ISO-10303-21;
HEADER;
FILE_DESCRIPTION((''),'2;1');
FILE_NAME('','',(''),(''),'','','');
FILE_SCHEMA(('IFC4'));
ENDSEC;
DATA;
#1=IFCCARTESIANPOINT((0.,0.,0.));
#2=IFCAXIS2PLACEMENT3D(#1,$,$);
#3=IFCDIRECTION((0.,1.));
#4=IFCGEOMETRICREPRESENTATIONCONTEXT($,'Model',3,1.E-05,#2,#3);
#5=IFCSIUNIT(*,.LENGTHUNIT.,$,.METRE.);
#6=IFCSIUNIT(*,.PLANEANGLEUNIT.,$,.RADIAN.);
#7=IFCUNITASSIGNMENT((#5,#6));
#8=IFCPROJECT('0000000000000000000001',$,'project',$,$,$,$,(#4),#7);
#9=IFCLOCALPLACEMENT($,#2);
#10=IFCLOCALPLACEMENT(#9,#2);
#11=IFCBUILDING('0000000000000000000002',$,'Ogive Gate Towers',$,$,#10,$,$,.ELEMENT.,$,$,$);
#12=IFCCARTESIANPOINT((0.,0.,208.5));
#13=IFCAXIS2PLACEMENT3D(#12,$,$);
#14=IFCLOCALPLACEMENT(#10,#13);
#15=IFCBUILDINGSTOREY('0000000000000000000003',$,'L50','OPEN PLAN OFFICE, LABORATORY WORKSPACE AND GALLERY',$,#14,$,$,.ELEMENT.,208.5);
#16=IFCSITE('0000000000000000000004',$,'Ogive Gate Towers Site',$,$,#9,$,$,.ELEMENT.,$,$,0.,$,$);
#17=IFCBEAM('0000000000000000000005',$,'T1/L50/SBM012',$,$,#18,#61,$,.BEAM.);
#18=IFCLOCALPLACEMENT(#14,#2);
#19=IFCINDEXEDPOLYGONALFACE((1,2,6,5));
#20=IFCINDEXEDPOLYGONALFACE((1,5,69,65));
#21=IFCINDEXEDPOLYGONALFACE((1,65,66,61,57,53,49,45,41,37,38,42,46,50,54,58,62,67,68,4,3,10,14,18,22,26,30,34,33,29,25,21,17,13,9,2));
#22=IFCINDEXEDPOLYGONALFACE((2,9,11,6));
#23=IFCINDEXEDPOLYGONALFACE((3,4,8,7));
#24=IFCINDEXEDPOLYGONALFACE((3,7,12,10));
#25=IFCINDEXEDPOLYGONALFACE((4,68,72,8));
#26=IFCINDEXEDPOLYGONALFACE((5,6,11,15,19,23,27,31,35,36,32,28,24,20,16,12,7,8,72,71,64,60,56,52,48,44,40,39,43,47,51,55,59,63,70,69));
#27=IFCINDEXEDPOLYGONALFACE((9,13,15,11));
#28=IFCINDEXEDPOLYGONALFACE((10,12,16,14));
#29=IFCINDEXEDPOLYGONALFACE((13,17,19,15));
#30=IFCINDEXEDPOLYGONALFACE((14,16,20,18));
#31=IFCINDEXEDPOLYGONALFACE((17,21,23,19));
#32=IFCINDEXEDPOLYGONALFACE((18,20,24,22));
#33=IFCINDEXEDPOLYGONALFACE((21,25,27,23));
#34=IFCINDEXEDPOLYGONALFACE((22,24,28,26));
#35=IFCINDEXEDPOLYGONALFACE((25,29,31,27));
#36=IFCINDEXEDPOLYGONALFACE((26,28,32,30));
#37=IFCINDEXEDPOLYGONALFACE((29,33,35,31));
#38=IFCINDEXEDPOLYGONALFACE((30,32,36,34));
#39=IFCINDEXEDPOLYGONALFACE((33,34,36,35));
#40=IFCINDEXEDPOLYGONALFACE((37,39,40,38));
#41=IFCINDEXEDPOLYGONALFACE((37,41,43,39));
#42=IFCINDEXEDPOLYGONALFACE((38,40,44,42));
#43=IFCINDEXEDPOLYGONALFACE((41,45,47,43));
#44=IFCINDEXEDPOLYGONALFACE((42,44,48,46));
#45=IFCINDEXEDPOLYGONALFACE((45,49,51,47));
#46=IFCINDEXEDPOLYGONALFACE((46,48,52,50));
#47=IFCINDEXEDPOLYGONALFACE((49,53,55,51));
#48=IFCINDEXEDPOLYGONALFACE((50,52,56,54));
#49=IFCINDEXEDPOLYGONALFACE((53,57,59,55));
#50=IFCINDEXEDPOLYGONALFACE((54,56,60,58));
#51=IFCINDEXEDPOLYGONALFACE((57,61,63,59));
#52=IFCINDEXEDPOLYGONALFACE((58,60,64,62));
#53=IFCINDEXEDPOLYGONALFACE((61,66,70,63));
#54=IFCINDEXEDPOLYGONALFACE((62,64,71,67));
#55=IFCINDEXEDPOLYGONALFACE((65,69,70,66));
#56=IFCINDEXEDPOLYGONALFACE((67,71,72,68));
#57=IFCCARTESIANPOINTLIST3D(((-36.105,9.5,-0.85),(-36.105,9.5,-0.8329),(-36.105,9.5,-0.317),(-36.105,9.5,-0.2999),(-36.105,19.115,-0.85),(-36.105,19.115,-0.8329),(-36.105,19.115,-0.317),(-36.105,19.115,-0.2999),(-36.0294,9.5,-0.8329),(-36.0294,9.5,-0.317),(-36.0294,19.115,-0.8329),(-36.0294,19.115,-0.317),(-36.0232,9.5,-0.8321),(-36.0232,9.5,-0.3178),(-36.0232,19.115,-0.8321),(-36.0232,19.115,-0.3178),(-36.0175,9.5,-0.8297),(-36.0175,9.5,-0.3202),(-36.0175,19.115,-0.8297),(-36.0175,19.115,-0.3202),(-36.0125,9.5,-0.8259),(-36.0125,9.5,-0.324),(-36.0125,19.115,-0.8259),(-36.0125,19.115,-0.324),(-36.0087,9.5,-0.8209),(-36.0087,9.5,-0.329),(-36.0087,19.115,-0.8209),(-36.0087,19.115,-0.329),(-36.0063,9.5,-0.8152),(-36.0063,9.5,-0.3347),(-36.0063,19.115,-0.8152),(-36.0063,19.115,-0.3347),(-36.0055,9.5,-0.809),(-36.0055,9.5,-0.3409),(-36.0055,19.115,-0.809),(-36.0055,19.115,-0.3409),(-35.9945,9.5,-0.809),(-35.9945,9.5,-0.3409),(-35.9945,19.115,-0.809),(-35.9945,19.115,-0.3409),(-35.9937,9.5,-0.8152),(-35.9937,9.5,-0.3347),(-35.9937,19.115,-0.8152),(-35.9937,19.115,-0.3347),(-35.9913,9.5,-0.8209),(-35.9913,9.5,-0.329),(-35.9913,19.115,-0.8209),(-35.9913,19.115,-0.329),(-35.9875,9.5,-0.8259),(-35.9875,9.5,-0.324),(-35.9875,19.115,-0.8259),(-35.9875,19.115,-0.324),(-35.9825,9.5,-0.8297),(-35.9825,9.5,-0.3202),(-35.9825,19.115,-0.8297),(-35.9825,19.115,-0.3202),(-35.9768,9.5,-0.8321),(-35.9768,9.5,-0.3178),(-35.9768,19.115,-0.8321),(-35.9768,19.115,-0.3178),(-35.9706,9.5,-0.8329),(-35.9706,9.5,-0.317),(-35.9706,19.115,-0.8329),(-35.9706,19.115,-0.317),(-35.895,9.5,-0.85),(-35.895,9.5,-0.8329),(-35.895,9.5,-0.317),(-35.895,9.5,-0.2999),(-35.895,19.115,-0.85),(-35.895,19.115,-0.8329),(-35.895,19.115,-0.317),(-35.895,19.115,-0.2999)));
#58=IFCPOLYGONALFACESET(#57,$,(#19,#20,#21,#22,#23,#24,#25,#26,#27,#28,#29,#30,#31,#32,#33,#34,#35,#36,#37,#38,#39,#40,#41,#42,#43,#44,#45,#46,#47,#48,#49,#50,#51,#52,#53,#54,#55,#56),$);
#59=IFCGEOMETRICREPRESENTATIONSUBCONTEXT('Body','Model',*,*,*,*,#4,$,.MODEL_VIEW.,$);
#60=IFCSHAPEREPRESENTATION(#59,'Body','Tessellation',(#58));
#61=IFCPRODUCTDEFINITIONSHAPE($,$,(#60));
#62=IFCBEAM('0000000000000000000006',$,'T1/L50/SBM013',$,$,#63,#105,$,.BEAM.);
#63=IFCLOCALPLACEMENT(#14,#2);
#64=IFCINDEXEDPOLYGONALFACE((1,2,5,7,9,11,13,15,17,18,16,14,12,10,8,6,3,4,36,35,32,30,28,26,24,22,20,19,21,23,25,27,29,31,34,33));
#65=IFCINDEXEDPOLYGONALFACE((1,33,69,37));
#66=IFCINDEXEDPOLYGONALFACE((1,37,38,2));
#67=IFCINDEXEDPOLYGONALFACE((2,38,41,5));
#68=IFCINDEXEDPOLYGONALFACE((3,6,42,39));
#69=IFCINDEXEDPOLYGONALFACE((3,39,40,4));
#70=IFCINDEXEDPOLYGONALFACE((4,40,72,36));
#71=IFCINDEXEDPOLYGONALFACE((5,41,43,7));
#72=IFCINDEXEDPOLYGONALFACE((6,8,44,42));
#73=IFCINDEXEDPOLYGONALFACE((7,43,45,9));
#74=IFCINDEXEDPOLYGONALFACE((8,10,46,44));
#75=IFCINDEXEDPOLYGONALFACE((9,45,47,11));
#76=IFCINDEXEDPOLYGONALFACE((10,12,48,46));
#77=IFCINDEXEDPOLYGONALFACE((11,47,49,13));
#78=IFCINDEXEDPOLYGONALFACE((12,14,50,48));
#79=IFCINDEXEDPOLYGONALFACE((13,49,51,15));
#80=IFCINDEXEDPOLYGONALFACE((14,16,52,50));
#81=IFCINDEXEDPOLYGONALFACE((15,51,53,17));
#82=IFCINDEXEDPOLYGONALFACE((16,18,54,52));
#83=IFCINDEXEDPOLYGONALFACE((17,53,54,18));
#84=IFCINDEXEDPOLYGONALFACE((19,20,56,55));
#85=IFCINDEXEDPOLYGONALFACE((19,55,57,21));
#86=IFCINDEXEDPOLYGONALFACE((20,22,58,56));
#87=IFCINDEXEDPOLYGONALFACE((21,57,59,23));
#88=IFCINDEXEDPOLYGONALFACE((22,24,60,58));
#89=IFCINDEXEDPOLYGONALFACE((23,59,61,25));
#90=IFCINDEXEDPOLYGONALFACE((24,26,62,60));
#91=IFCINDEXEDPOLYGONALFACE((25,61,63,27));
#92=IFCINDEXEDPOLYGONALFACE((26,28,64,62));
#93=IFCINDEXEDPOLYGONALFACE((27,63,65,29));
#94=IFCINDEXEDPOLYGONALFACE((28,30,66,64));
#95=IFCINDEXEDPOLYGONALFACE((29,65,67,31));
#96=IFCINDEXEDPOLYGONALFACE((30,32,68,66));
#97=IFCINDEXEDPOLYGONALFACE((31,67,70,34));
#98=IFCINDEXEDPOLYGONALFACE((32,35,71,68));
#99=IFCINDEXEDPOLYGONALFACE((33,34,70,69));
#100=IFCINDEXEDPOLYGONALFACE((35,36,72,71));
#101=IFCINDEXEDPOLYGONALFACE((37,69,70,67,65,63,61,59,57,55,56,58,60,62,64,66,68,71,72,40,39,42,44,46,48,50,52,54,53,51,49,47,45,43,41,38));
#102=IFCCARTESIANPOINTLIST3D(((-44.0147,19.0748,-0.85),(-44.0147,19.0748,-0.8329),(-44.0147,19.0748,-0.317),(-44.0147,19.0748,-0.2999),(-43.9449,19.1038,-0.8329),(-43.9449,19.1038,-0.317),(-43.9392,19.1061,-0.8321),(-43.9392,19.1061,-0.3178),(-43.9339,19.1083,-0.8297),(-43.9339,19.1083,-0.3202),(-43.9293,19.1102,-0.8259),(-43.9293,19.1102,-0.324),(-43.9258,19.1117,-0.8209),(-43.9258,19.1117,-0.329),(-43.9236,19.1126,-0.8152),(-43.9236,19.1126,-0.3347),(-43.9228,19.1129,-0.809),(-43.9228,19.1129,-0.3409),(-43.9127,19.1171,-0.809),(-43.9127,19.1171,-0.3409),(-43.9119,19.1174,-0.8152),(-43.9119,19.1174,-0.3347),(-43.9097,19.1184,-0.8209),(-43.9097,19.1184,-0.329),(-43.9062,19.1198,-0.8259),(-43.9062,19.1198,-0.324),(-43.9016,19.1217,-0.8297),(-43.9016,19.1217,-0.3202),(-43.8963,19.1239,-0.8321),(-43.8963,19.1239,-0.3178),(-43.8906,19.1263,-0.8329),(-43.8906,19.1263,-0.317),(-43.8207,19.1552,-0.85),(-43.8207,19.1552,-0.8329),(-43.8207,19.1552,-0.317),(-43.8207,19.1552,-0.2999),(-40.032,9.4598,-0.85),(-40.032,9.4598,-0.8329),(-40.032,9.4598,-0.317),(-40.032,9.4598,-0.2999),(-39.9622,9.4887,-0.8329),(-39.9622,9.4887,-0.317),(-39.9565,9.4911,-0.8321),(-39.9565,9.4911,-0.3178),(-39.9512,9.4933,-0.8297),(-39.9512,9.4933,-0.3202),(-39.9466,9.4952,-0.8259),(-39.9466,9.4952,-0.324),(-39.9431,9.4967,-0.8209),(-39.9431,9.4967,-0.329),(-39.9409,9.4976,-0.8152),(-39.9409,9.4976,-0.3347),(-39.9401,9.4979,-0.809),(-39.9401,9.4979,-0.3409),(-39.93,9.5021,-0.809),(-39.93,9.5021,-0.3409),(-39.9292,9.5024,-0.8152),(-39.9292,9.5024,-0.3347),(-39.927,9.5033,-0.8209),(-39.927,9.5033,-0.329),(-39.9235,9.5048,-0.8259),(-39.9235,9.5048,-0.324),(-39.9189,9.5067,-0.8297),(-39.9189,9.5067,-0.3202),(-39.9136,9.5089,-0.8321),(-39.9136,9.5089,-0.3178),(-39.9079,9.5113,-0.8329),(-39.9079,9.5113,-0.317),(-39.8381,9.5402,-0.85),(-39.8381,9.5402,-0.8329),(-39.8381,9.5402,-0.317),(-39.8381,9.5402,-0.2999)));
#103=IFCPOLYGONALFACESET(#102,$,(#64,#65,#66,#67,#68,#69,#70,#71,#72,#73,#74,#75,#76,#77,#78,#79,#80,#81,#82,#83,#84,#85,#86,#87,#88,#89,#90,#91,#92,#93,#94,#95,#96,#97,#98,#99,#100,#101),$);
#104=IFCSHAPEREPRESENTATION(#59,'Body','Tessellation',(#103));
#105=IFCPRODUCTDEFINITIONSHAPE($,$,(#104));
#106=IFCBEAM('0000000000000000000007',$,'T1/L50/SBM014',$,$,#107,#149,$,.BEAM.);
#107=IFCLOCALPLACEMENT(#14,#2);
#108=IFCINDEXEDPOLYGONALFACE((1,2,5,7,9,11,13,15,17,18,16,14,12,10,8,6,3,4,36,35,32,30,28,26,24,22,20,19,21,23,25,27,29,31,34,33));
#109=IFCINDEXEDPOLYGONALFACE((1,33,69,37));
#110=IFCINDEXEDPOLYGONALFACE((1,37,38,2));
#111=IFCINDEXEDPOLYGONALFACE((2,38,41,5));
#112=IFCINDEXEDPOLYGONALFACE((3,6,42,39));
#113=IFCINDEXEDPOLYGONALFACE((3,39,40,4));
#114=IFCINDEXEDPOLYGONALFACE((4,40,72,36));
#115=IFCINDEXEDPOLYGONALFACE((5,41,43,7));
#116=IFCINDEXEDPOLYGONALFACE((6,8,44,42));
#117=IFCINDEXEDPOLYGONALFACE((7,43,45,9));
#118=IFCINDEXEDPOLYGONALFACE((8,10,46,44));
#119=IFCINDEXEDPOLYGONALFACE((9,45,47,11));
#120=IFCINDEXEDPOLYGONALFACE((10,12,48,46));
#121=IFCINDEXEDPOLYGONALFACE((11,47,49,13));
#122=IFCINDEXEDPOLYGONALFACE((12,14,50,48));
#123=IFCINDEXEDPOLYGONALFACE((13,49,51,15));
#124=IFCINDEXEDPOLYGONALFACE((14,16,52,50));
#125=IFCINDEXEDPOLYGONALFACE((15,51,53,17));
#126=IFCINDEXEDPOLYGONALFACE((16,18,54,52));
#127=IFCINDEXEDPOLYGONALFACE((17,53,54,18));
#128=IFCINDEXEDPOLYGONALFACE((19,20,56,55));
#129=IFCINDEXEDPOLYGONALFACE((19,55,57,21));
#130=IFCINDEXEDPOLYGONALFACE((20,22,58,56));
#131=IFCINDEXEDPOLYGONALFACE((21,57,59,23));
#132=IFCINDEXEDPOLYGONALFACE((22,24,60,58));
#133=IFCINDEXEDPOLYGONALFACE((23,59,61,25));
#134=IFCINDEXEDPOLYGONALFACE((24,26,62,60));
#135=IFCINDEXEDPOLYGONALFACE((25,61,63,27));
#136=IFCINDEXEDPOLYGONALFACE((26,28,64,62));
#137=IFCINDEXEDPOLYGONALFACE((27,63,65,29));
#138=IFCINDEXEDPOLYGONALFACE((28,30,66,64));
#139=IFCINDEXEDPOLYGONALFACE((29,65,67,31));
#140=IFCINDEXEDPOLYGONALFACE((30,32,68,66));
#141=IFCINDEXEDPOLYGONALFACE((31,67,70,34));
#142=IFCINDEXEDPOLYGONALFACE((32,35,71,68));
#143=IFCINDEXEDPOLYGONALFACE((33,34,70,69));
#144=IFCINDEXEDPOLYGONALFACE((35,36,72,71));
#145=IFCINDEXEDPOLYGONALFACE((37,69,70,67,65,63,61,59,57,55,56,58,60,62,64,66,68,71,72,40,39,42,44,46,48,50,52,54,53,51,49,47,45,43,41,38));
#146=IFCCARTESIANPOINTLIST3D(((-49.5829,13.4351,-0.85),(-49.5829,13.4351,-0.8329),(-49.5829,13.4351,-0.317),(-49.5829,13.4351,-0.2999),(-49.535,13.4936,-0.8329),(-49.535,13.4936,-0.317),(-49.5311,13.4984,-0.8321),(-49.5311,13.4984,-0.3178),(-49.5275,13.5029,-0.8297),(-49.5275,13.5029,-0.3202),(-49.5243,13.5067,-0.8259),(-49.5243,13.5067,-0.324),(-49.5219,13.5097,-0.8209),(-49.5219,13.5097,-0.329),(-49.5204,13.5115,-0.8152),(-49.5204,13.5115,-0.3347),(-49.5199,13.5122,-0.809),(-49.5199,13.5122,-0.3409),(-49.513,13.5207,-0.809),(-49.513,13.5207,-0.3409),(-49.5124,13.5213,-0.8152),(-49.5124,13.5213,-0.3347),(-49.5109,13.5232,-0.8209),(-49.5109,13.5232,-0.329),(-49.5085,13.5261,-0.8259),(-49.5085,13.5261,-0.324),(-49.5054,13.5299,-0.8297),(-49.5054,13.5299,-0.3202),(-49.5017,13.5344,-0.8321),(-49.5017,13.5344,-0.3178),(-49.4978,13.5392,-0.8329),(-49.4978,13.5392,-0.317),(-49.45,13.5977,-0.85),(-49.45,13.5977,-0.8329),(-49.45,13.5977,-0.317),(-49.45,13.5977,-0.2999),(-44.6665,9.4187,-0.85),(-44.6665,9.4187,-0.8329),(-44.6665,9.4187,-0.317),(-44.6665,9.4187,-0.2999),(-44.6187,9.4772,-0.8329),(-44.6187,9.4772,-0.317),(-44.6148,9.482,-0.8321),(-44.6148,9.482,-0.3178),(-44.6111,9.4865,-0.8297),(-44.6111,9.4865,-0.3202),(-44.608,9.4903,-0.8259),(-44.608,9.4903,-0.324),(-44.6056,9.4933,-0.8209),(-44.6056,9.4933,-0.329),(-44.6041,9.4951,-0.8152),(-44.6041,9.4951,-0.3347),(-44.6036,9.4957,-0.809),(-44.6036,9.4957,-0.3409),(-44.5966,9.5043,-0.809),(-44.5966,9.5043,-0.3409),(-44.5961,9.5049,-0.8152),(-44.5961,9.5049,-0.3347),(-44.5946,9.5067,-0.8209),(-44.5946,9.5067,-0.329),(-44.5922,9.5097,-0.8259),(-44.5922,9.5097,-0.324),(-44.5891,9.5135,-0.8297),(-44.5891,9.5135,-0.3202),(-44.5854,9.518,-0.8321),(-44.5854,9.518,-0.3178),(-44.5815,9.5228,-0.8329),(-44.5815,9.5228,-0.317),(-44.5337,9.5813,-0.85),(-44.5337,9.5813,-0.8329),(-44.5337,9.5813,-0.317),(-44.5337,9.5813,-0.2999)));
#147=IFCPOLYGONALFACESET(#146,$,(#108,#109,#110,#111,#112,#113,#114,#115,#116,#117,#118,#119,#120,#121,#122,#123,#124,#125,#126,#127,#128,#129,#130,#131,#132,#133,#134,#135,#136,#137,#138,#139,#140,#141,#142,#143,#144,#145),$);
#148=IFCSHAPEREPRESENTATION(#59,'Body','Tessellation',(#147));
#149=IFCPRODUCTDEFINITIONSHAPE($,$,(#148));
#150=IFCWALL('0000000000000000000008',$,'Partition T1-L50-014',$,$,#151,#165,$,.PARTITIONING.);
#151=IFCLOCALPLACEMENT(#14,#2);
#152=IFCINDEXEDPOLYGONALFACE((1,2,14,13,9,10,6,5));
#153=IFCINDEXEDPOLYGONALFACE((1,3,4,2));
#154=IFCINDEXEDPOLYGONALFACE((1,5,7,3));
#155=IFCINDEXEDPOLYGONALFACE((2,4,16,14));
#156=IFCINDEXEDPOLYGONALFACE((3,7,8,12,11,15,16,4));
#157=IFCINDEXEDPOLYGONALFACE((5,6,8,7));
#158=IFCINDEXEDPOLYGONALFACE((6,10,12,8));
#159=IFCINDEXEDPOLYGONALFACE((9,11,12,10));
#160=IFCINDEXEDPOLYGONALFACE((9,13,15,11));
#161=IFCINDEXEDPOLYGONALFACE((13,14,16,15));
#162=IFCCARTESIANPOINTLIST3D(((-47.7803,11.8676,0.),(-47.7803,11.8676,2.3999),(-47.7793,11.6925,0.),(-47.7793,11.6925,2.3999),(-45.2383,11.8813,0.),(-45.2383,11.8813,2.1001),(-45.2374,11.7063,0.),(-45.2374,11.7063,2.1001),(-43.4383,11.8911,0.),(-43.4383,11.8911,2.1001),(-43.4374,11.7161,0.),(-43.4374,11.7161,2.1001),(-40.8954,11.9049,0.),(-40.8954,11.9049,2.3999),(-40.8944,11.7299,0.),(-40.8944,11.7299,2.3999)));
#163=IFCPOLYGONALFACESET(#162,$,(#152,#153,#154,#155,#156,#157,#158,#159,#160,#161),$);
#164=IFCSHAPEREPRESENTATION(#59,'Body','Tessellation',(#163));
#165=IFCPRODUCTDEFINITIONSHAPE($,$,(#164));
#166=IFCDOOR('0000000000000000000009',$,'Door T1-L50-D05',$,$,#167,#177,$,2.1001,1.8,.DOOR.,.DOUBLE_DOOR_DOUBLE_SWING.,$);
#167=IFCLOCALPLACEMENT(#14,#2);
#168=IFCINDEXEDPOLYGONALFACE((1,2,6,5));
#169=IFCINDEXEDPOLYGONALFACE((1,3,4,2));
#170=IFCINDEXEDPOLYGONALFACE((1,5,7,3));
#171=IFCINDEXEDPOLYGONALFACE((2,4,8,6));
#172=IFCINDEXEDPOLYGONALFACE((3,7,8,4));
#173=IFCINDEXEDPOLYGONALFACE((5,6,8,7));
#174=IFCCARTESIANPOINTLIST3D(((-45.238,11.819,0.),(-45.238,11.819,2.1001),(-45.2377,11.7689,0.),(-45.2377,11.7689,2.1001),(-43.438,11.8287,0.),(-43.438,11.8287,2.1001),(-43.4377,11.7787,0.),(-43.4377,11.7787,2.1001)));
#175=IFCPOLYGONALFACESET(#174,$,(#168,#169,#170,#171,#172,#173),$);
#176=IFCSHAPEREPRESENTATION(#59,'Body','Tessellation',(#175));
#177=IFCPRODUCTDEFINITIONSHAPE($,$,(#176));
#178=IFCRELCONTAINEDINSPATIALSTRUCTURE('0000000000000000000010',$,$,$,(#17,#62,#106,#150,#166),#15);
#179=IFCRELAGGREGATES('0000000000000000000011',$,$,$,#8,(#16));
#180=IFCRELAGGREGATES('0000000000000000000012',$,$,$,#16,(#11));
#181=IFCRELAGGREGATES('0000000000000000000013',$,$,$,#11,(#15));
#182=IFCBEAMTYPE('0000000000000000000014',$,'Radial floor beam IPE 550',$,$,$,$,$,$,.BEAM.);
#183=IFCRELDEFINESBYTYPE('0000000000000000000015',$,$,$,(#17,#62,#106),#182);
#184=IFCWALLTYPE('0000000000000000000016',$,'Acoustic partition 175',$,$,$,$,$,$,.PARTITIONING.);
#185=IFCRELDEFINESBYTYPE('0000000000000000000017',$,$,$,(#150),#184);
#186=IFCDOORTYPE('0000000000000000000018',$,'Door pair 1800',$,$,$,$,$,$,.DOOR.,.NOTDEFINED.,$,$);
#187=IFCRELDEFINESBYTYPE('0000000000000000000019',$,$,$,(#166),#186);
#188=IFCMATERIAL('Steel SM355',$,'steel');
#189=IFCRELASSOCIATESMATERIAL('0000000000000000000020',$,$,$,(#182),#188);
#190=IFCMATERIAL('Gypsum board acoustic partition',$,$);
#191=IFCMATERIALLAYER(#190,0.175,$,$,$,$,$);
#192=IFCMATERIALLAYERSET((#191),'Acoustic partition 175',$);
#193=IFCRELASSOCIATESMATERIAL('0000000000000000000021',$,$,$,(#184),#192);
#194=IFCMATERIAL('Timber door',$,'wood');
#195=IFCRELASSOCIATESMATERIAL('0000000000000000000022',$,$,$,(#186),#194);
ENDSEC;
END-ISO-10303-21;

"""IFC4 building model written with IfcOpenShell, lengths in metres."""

from ifc_helpers import new_model, si_unit, direction, frame, frame_2d, origin, origin_2d, place, context, subcontext, project, spatial, rectangle, i_section, extrude, material, layer, layer_set, material_profile, profile_set, type_object, element, fill, save


model = new_model("IFC4")

# Units and contexts
model_context = context("Model", 3, precision=1e-05, world=origin(), true_north=direction((0.0, 1.0)))
body_context = subcontext(model_context, "Body", "Model", "MODEL_VIEW")
ifc_project = project(units=[si_unit("LENGTHUNIT", "METRE"), si_unit("PLANEANGLEUNIT", "RADIAN")], contexts=[model_context])

# Site, building, storey
site_placement = place(None, origin())
site = spatial("IfcSite", under=ifc_project, at=site_placement, Name="Ogive Gate Towers Site", CompositionType="ELEMENT", RefElevation=0.0)
building_placement = place(site_placement, origin())
building = spatial("IfcBuilding", under=site, at=building_placement, Name="Ogive Gate Towers", CompositionType="ELEMENT")
storey_placement = place(building_placement, frame((0.0, 0.0, 208.5)))
storey = spatial("IfcBuildingStorey", under=building, at=storey_placement, Name="L50", Description="OPEN PLAN OFFICE, LABORATORY WORKSPACE AND GALLERY", CompositionType="ELEMENT", Elevation=208.5)

# Beams
ifc_material_1 = material(Name="Steel SM355", Category="steel")
ifc_material_profile = material_profile(ifc_material_1, i_section(OverallWidth=0.21, OverallDepth=0.55, WebThickness=0.011, FlangeThickness=0.0171, FilletRadius=0.0239, at=origin_2d()), Name="IPE 550")
ifc_profile_set = profile_set([ifc_material_profile], Name="Steel SM355")
beam_type = type_object("IfcBeamType", Name="Radial floor beam IPE 550", PredefinedType="BEAM", material=ifc_profile_set)
beam_1_placement = place(storey_placement, frame((-36.0, 9.5, -0.575), z_axis=(0.0, 1.0, 0.0), x_axis=(-1.0, 0.0, 0.0)))
element("IfcBeam", 1, at=beam_1_placement, inside=storey, type_object=beam_type, Name="T1/L50/SBM012", PredefinedType="BEAM", context=body_context, shape_type="SweptSolid", body=[
    extrude(i_section(OverallWidth=0.21, OverallDepth=0.55, WebThickness=0.011, FlangeThickness=0.0171, FilletRadius=0.0239, at=origin_2d()), origin(), (0.0, 0.0, 1.0), 9.615),
])
beam_2_placement = place(storey_placement, frame((-39.9351, 9.5, -0.575), z_axis=(-0.382684, 0.923879, 0.0), x_axis=(-0.923879, -0.382684, 0.0)))
element("IfcBeam", 2, at=beam_2_placement, inside=storey, type_object=beam_type, Name="T1/L50/SBM013", PredefinedType="BEAM", context=body_context, shape_type="SweptSolid", body=[
    extrude(i_section(OverallWidth=0.21, OverallDepth=0.55, WebThickness=0.011, FlangeThickness=0.0171, FilletRadius=0.0239, at=origin_2d()), origin(), (0.0, 0.0, 1.0), 10.4072),
])
beam_3_placement = place(storey_placement, frame((-44.6001, 9.5, -0.575), z_axis=(-0.774423, 0.632668, 0.0), x_axis=(-0.632668, -0.774423, 0.0)))
element("IfcBeam", 3, at=beam_3_placement, inside=storey, type_object=beam_type, Name="T1/L50/SBM014", PredefinedType="BEAM", context=body_context, shape_type="SweptSolid", body=[
    extrude(i_section(OverallWidth=0.21, OverallDepth=0.55, WebThickness=0.011, FlangeThickness=0.0171, FilletRadius=0.0239, at=origin_2d()), origin(), (0.0, 0.0, 1.0), 6.3484),
])

# Wall, opening, door
ifc_material_2 = material(Name="Gypsum board acoustic partition")
ifc_layer_1 = layer(ifc_material_2, 0.175)
ifc_layer_set_1 = layer_set([ifc_layer_1], Name="Acoustic partition 175")
wall_type_1 = type_object("IfcWallType", Name="Acoustic partition 175", PredefinedType="PARTITIONING", material=ifc_layer_set_1)
wall_1_placement = place(storey_placement, frame((-40.895, 11.8174, 0.0), z_axis=(0.0, 0.0, 1.0), x_axis=(-0.999985, -0.005425, 0.0)))
wall_1 = element("IfcWall", 4, at=wall_1_placement, inside=storey, type_object=wall_type_1, Name="Partition T1-L50-014", PredefinedType="PARTITIONING", context=body_context, shape_type="SweptSolid", body=[
    extrude(rectangle(XDim=6.885, YDim=0.175, at=frame_2d((3.4424, 0.0))), origin(), (0.0, 0.0, 1.0), 2.3999),
])
opening_1_placement = place(wall_1_placement, frame((2.543, 0.0, 0.0)))
opening_1 = element("IfcOpeningElement", 5, at=opening_1_placement, cuts=wall_1, PredefinedType="OPENING", context=body_context, shape_type="SweptSolid", body=[
    extrude(rectangle(XDim=1.8, YDim=2.1001, at=frame_2d((0.8999, 1.05))), frame((0.0, 0.0977, 0.0), z_axis=(0.0, -1.0, 0.0), x_axis=(1.0, 0.0, 0.0)), (0.0, 0.0, 1.0), 0.1951),
])
ifc_material_3 = material(Name="Timber door", Category="wood")
door_type_1 = type_object("IfcDoorType", Name="Door pair 1800", OperationType="NOTDEFINED", PredefinedType="DOOR", material=ifc_material_3)
door_1_placement = place(opening_1_placement, origin())
door_1 = element("IfcDoor", 6, at=door_1_placement, inside=storey, type_object=door_type_1, Name="Door T1-L50-D05", OperationType="DOUBLE_DOOR_DOUBLE_SWING", OverallHeight=2.1001, OverallWidth=1.8, PredefinedType="DOOR", context=body_context, shape_type="SweptSolid", body=[
    extrude(rectangle(XDim=1.8, YDim=2.1001, at=frame_2d((0.8999, 1.05))), frame((0.0, 0.0249, 0.0), z_axis=(0.0, -1.0, 0.0), x_axis=(1.0, 0.0, 0.0)), (0.0, 0.0, 1.0), 0.05),
])
fill(opening_1, door_1)

save(model, "model.ifc")
